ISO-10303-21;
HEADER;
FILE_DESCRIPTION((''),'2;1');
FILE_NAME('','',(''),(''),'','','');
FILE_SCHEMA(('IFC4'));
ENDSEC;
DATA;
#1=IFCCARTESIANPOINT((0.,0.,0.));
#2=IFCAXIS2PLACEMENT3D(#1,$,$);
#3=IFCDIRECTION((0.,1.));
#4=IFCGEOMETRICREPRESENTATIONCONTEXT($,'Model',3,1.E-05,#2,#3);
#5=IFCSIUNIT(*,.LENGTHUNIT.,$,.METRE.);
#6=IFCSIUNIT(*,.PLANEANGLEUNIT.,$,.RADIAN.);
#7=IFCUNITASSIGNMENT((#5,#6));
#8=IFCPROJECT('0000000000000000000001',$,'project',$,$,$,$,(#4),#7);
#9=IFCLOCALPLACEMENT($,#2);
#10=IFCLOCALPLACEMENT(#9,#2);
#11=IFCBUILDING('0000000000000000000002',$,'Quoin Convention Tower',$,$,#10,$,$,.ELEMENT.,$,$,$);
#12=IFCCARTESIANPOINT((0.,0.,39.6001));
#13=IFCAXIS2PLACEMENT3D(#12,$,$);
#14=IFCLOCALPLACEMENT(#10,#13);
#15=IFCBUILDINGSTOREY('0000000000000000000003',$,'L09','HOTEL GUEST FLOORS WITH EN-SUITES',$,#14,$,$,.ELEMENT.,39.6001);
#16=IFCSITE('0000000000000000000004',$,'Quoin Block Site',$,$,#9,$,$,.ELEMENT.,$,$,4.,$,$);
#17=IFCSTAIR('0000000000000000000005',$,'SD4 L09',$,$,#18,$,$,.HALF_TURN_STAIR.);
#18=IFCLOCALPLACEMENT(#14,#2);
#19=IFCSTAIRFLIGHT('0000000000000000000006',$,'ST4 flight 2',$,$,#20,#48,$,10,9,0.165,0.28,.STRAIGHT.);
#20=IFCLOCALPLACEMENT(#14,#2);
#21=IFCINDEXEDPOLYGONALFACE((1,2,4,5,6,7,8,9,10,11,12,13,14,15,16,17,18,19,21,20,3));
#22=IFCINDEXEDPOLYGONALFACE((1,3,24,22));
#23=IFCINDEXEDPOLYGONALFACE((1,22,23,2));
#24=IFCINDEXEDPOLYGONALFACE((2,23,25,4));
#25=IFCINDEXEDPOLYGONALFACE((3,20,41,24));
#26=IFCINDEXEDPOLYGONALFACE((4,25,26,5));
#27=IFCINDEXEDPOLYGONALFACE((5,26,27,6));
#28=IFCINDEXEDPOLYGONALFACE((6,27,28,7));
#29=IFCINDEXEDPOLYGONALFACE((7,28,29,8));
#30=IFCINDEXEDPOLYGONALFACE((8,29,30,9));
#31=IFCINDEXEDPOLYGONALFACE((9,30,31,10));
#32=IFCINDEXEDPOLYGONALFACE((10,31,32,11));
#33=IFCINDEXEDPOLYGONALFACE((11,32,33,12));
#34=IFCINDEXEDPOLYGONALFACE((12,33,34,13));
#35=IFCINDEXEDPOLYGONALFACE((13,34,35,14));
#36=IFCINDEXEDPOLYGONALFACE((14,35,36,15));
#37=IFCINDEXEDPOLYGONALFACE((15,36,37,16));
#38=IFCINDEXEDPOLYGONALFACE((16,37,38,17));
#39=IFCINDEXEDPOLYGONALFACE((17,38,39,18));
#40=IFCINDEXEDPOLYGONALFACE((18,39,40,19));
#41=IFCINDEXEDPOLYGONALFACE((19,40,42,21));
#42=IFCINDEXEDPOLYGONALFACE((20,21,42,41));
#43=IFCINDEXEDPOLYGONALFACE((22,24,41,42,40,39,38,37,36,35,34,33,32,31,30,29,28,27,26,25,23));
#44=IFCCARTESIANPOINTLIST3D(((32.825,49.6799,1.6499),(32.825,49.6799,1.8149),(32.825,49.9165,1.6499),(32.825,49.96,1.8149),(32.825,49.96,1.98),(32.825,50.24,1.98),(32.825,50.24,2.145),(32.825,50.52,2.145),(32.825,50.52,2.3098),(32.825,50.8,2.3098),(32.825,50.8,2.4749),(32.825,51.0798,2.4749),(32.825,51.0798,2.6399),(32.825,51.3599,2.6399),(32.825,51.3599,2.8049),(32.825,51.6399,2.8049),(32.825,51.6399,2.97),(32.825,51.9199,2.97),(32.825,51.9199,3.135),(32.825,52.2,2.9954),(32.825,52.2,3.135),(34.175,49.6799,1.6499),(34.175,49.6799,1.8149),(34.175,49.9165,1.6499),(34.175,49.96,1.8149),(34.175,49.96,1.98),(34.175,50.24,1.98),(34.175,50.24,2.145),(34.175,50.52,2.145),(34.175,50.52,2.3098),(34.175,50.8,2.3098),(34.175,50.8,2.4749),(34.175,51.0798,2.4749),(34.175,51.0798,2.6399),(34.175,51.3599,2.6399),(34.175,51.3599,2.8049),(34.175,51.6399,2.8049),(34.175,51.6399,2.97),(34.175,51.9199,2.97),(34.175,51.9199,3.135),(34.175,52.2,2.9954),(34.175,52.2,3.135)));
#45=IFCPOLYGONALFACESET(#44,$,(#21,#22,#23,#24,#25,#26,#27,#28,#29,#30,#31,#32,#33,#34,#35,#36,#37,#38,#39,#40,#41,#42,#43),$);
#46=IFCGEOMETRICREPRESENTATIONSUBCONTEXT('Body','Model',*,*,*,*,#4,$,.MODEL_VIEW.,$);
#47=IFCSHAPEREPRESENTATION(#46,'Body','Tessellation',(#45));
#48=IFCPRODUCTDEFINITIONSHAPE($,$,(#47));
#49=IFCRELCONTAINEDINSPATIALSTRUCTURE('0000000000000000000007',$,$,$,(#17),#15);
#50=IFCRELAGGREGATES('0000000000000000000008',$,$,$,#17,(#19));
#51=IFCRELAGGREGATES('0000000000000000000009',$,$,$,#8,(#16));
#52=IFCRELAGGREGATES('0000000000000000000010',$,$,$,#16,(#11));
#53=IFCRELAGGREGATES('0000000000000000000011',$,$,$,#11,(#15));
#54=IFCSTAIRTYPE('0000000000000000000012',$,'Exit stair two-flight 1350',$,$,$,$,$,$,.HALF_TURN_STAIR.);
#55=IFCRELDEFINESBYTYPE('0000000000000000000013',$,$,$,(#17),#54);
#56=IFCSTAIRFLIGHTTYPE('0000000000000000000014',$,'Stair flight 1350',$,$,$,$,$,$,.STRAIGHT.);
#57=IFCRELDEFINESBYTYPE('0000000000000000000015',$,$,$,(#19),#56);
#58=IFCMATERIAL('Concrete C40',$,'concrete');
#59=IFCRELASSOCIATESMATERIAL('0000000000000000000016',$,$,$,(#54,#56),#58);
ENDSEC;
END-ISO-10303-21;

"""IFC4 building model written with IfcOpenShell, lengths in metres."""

from ifc_helpers import new_model, si_unit, direction, frame, origin, place, context, subcontext, project, spatial, polyline, outline, extrude, material, type_object, element, aggregate, save


model = new_model("IFC4")

# Units and contexts
model_context = context("Model", 3, precision=1e-05, world=origin(), true_north=direction((0.0, 1.0)))
body_context = subcontext(model_context, "Body", "Model", "MODEL_VIEW")
ifc_project = project(units=[si_unit("LENGTHUNIT", "METRE"), si_unit("PLANEANGLEUNIT", "RADIAN")], contexts=[model_context])

# Site, building, storey
site_placement = place(None, origin())
site = spatial("IfcSite", under=ifc_project, at=site_placement, Name="Quoin Block Site", CompositionType="ELEMENT", RefElevation=4.0)
building_placement = place(site_placement, origin())
building = spatial("IfcBuilding", under=site, at=building_placement, Name="Quoin Convention Tower", CompositionType="ELEMENT")
storey_placement = place(building_placement, frame((0.0, 0.0, 39.6001)))
storey = spatial("IfcBuildingStorey", under=building, at=storey_placement, Name="L09", Description="HOTEL GUEST FLOORS WITH EN-SUITES", CompositionType="ELEMENT", Elevation=39.6001)

# Stair, stair flight
ifc_material_1 = material(Name="Concrete C40", Category="concrete")
stair_type = type_object("IfcStairType", Name="Exit stair two-flight 1350", PredefinedType="HALF_TURN_STAIR", material=ifc_material_1)
stair_flight_type = type_object("IfcStairFlightType", Name="Stair flight 1350", PredefinedType="STRAIGHT", material=ifc_material_1)
stair_1_placement = place(storey_placement, origin())
stair_1 = element("IfcStair", 1, at=stair_1_placement, inside=storey, type_object=stair_type, Name="SD4 L09", PredefinedType="HALF_TURN_STAIR")
stair_flight_1_placement = place(storey_placement, frame((33.5, 49.6799, 1.6499), z_axis=(0.0, 0.0, 1.0), x_axis=(0.0, 1.0, 0.0)))
stair_flight_1 = element("IfcStairFlight", 2, at=stair_flight_1_placement, type_object=stair_flight_type, Name="ST4 flight 2", NumberOfRisers=10, NumberOfTreads=9, PredefinedType="STRAIGHT", RiserHeight=0.165, TreadLength=0.28, context=body_context, shape_type="SweptSolid", body=[
    extrude(outline(polyline([(0.0, 0.0), (0.0, 0.165), (0.28, 0.165), (0.28, 0.3301), (0.5601, 0.3301), (0.5601, 0.4951), (0.8401, 0.4951), (0.8401, 0.6599), (1.1201, 0.6599), (1.1201, 0.825), (1.3999, 0.825), (1.3999, 0.99), (1.6799, 0.99), (1.6799, 1.155), (1.96, 1.155), (1.96, 1.3201), (2.24, 1.3201), (2.24, 1.4851), (2.52, 1.4851), (2.52, 1.6499), (2.52, 1.3455), (0.2366, 0.0), (0.0, 0.0)])), frame((0.0, 0.675, 0.0), z_axis=(0.0, -1.0, 0.0), x_axis=(1.0, 0.0, 0.0)), (0.0, 0.0, 1.0), 1.3501),
])
aggregate(stair_1, [stair_flight_1])

save(model, "model.ifc")
